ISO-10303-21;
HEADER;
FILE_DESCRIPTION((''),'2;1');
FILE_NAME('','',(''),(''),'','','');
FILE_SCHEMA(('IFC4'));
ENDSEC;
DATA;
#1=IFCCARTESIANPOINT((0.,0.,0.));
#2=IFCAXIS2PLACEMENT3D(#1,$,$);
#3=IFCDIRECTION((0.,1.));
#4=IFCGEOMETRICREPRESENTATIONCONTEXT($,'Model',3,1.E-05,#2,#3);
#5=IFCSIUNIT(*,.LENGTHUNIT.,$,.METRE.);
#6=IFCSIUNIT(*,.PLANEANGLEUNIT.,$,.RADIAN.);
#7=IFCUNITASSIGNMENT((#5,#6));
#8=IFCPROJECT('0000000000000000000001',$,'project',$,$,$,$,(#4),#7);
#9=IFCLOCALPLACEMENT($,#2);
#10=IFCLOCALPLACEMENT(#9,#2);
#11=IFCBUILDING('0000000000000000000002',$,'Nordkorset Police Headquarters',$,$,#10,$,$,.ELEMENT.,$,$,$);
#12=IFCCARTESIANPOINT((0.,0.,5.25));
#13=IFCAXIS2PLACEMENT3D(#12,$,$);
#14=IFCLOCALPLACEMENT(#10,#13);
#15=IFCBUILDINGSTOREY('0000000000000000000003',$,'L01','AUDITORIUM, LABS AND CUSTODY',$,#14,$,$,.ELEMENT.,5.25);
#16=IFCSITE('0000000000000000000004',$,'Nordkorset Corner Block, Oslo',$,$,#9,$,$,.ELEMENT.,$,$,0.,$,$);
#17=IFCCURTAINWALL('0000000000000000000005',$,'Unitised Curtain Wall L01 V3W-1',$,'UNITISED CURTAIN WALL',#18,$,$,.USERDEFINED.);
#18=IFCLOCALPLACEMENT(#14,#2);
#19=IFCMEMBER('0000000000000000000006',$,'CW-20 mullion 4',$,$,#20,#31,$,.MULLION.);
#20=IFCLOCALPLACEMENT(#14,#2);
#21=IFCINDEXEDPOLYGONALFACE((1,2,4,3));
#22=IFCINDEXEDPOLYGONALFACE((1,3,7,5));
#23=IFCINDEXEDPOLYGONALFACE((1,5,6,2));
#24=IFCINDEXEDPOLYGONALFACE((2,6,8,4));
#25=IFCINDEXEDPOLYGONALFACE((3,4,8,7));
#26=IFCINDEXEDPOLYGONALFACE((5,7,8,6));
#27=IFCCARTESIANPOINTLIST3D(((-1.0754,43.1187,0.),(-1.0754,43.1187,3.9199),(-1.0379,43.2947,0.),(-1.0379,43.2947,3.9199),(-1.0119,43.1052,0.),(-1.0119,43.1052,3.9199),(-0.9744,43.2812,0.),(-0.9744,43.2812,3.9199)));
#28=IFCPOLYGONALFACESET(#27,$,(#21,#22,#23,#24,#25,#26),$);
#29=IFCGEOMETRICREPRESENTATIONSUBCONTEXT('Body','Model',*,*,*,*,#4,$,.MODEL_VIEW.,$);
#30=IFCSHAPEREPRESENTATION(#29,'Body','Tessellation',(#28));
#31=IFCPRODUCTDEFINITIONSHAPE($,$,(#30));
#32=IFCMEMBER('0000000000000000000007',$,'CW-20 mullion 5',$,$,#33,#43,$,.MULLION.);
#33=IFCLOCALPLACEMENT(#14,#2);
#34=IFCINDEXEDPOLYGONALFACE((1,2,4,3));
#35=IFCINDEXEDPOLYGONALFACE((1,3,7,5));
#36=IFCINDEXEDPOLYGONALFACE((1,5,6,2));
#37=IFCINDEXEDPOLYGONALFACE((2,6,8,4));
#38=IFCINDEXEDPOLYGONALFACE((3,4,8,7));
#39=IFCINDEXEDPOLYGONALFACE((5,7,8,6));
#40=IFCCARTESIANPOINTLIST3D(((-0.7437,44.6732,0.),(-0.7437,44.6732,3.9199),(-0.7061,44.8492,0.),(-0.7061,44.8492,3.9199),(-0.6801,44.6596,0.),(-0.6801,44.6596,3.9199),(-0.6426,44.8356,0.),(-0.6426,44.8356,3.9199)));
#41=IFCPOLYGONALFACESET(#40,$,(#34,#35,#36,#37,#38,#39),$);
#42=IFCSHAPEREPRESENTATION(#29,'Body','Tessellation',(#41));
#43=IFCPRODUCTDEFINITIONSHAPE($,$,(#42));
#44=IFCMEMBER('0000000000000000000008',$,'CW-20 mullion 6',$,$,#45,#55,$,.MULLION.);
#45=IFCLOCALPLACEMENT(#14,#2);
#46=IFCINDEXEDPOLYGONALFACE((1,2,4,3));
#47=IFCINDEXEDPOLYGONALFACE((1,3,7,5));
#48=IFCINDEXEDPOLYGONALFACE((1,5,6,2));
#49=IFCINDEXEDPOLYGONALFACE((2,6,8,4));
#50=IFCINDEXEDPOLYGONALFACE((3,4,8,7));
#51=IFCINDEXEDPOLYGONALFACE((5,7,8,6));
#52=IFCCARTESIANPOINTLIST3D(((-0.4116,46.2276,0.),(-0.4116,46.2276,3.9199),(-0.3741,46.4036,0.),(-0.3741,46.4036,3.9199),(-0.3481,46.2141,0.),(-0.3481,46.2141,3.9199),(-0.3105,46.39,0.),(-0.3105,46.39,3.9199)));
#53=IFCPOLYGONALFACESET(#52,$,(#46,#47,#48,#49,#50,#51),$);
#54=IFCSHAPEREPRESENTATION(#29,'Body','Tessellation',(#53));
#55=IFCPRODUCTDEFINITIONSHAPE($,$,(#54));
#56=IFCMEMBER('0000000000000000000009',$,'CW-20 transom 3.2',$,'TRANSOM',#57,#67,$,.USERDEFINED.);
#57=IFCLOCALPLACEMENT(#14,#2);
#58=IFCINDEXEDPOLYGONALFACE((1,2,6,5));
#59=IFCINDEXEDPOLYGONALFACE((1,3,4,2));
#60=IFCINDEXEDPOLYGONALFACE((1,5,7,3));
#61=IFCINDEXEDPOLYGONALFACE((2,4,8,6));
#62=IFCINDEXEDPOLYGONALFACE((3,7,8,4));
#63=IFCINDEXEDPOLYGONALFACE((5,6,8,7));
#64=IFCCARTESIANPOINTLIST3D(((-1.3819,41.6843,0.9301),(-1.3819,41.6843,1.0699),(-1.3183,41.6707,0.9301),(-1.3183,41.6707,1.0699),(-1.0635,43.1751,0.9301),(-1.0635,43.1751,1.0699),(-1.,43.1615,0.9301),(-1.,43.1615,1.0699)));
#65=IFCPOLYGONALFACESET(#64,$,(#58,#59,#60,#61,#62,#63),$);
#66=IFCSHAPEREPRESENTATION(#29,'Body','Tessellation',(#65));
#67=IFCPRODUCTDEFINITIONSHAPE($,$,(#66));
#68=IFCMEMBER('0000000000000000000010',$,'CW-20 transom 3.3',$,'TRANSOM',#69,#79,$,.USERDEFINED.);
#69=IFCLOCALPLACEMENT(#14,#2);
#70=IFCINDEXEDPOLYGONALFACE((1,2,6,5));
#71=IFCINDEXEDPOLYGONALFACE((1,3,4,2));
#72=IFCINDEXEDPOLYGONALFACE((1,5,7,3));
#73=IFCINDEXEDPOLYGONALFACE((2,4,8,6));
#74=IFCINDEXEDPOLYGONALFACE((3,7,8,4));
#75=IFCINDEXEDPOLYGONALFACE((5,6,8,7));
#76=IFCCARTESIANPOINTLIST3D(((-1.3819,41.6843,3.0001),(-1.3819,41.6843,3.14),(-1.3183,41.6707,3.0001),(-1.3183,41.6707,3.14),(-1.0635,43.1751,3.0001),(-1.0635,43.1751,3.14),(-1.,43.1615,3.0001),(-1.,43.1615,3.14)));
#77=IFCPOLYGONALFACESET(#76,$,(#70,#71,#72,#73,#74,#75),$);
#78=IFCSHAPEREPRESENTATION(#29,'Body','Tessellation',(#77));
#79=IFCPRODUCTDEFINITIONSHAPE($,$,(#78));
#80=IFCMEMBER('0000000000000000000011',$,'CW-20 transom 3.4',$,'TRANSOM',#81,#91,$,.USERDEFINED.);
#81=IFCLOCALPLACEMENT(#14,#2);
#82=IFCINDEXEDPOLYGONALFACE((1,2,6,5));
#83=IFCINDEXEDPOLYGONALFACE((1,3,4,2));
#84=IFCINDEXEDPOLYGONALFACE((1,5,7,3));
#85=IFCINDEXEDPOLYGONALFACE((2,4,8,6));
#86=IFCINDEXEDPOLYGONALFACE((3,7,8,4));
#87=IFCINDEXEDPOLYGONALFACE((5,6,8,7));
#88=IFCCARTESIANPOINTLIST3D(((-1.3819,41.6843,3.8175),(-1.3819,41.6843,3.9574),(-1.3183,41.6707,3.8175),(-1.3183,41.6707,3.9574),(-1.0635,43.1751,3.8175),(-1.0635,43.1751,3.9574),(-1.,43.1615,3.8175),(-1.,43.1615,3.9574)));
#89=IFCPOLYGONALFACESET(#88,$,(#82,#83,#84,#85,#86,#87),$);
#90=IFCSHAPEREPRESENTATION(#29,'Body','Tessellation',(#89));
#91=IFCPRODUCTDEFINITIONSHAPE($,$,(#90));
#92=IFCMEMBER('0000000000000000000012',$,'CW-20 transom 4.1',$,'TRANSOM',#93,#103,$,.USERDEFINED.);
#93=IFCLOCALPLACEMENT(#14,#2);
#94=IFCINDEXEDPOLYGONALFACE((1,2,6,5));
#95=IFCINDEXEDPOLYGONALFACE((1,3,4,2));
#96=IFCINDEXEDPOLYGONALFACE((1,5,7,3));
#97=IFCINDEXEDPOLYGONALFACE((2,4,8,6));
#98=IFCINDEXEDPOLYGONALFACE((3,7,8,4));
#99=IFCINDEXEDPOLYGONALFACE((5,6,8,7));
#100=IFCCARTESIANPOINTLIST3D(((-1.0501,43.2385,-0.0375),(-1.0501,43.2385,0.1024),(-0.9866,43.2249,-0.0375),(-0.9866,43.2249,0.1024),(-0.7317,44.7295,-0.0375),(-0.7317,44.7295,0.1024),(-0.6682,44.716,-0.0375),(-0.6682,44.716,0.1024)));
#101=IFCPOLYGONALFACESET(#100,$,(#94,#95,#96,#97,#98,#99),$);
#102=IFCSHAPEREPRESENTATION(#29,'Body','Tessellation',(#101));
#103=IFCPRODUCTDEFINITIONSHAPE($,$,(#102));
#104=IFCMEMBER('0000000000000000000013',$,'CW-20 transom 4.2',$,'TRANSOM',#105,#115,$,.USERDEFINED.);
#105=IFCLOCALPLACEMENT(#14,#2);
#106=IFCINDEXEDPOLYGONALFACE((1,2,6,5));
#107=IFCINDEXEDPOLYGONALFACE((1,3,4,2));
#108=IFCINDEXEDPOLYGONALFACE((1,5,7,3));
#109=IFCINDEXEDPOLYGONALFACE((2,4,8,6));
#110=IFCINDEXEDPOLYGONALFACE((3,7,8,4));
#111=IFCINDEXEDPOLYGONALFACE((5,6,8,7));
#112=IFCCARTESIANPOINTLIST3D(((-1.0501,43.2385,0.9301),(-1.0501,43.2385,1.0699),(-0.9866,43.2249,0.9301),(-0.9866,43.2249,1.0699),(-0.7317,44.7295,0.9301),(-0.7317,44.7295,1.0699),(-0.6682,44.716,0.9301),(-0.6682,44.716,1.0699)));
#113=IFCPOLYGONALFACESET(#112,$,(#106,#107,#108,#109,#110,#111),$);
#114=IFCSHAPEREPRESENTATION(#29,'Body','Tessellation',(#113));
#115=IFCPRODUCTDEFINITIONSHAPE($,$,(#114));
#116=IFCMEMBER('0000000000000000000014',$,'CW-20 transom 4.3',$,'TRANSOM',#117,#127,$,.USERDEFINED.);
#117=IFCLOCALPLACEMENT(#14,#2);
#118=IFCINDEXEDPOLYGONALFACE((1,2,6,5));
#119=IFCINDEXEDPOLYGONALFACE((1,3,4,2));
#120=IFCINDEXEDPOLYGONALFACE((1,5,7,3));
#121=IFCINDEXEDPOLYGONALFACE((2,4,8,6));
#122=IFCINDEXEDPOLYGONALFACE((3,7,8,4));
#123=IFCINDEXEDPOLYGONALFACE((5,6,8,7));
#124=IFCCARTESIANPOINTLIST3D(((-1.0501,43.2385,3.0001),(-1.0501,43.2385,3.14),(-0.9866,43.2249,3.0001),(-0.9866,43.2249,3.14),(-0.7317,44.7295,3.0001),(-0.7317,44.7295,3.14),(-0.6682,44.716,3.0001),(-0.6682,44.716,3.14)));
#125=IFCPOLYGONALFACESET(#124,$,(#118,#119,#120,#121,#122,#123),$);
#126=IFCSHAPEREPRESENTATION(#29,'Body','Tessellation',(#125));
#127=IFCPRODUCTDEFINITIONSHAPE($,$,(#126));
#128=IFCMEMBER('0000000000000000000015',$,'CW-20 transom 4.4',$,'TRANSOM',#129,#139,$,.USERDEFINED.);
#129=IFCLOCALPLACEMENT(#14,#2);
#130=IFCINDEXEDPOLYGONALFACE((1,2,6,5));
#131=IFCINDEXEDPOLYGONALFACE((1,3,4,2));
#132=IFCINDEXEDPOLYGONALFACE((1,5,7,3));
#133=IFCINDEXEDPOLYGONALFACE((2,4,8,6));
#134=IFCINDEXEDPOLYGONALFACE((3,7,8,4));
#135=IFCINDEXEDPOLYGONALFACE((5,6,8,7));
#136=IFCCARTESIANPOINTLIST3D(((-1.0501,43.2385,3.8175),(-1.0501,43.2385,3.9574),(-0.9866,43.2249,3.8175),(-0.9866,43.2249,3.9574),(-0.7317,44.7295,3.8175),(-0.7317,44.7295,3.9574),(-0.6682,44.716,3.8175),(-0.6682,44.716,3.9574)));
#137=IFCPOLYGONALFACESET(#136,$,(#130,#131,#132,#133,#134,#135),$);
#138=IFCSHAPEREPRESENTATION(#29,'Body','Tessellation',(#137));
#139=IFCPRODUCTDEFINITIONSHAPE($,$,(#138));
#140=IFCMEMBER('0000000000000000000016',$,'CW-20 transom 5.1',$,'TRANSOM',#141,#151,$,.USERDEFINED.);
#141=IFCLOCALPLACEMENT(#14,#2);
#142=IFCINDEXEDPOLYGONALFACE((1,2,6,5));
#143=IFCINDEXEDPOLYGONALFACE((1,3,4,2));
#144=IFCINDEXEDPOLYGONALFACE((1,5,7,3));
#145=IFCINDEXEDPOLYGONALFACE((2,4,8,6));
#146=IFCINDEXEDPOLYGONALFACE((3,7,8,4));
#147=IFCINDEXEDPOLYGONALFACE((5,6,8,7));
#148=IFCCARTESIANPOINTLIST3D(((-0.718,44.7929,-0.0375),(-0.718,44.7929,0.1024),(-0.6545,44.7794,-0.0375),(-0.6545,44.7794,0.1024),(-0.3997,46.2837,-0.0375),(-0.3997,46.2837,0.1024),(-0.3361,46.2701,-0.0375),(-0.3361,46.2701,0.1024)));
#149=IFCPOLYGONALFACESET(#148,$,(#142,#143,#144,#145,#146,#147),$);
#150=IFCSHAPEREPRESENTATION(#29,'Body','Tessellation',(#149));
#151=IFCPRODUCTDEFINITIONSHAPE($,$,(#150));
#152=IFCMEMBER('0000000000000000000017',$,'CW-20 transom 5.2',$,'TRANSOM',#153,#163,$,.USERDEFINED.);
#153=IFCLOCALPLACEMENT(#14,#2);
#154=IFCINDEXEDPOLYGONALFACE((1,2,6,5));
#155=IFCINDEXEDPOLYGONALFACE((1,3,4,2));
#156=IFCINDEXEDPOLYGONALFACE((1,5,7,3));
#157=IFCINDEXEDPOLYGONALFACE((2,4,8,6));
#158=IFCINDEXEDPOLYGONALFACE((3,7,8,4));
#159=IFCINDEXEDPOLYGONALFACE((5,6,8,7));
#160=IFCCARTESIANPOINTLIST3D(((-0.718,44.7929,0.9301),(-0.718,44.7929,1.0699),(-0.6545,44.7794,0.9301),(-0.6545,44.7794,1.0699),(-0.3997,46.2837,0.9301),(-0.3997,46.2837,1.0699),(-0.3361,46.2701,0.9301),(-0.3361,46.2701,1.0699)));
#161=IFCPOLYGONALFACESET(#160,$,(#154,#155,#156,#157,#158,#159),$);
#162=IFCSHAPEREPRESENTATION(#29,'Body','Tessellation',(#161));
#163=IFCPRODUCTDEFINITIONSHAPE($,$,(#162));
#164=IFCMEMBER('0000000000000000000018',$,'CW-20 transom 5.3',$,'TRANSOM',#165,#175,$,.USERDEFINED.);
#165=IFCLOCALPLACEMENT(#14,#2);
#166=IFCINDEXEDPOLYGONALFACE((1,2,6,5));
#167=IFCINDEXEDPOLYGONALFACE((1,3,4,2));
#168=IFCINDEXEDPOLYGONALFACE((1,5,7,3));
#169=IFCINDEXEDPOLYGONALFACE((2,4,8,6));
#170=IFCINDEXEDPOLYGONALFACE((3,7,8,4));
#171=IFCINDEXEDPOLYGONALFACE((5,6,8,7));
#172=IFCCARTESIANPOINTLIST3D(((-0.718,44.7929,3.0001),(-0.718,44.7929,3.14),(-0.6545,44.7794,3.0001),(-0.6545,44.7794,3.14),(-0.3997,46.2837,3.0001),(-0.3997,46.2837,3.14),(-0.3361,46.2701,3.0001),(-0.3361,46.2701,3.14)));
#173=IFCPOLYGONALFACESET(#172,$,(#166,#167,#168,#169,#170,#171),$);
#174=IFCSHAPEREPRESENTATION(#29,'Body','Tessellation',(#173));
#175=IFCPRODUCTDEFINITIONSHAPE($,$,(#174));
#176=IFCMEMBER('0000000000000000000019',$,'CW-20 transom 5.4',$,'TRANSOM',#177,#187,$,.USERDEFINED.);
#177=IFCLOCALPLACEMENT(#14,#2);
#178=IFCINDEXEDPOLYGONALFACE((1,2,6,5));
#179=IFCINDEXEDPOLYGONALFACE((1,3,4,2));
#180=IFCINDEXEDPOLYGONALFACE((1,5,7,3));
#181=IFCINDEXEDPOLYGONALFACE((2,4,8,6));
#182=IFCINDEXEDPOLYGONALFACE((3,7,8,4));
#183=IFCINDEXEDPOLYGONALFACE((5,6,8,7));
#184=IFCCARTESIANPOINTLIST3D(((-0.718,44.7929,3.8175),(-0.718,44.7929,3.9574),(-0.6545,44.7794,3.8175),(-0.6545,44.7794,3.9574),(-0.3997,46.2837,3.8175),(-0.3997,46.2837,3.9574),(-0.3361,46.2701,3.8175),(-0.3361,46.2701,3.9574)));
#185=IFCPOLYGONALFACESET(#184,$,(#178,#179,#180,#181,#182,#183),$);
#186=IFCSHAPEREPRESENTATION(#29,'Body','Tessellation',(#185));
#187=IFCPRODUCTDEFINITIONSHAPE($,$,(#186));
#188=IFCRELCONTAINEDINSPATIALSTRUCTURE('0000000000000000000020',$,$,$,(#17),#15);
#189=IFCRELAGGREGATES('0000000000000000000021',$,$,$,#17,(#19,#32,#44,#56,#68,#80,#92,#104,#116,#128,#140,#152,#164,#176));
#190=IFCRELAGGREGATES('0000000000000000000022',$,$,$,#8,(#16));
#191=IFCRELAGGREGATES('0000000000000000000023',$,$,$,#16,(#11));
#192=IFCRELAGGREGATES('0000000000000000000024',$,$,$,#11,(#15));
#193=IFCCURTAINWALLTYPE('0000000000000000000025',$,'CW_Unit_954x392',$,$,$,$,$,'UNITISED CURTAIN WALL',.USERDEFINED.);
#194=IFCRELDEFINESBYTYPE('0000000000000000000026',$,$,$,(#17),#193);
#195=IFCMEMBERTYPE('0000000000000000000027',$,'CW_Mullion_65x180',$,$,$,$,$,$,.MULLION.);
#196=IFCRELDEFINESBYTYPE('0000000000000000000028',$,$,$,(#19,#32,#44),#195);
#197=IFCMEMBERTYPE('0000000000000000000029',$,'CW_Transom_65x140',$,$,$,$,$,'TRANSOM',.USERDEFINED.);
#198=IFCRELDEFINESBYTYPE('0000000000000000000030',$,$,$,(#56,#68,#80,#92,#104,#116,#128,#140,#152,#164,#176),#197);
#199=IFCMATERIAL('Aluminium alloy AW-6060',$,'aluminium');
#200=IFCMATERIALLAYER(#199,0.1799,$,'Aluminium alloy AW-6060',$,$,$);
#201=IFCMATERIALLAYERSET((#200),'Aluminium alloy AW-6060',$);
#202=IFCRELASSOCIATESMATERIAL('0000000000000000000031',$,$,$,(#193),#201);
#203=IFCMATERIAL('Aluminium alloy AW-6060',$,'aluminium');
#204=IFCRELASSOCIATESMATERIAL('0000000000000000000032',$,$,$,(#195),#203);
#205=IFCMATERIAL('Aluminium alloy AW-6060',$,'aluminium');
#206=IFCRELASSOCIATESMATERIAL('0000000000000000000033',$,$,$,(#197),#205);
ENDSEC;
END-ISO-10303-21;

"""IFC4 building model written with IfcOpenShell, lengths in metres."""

from ifc_helpers import new_model, si_unit, direction, frame, origin, origin_2d, place, context, subcontext, project, spatial, rectangle, extrude, material, layer, layer_set, material_profile, profile_set, type_object, element, aggregate, save


model = new_model("IFC4")

# Units and contexts
model_context = context("Model", 3, precision=1e-05, world=origin(), true_north=direction((0.0, 1.0)))
body_context = subcontext(model_context, "Body", "Model", "MODEL_VIEW")
ifc_project = project(units=[si_unit("LENGTHUNIT", "METRE"), si_unit("PLANEANGLEUNIT", "RADIAN")], contexts=[model_context])

# Site, building, storey
site_placement = place(None, origin())
site = spatial("IfcSite", under=ifc_project, at=site_placement, Name="Nordkorset Corner Block, Oslo", CompositionType="ELEMENT", RefElevation=0.0)
building_placement = place(site_placement, origin())
building = spatial("IfcBuilding", under=site, at=building_placement, Name="Nordkorset Police Headquarters", CompositionType="ELEMENT")
storey_placement = place(building_placement, frame((0.0, 0.0, 5.25)))
storey = spatial("IfcBuildingStorey", under=building, at=storey_placement, Name="L01", Description="AUDITORIUM, LABS AND CUSTODY", CompositionType="ELEMENT", Elevation=5.25)

# Curtain wall, members
ifc_material_1 = material(Name="Aluminium alloy AW-6060", Category="aluminium")
ifc_layer_1 = layer(ifc_material_1, 0.1799, Name="Aluminium alloy AW-6060")
ifc_layer_set_1 = layer_set([ifc_layer_1], Name="Aluminium alloy AW-6060")
curtain_wall_type = type_object("IfcCurtainWallType", Name="CW_Unit_954x392", ElementType="UNITISED CURTAIN WALL", PredefinedType="USERDEFINED", material=ifc_layer_set_1)
curtain_wall_placement = place(storey_placement, origin())
curtain_wall = element("IfcCurtainWall", 1, at=curtain_wall_placement, inside=storey, type_object=curtain_wall_type, Name="Unitised Curtain Wall L01 V3W-1", ObjectType="UNITISED CURTAIN WALL", PredefinedType="USERDEFINED")
ifc_material_2 = material(Name="Aluminium alloy AW-6060", Category="aluminium")
ifc_material_profile_1 = material_profile(ifc_material_2, rectangle(XDim=0.0649, YDim=0.1799, at=origin_2d()), Name="ALU MULL 65x180")
ifc_profile_set_1 = profile_set([ifc_material_profile_1], Name="Aluminium alloy AW-6060")
member_type_1 = type_object("IfcMemberType", Name="CW_Mullion_65x180", PredefinedType="MULLION", material=ifc_profile_set_1)
member_1_placement = place(storey_placement, frame((-1.0249, 43.2, 0.0), z_axis=(0.0, 0.0, 1.0), x_axis=(-0.977951, 0.208833, 0.0)))
member_1 = element("IfcMember", 2, at=member_1_placement, type_object=member_type_1, Name="CW-20 mullion 4", PredefinedType="MULLION", context=body_context, shape_type="SweptSolid", body=[
    extrude(rectangle(XDim=0.0649, YDim=0.1799, at=origin_2d()), origin(), (0.0, 0.0, 1.0), 3.9199),
])
member_2_placement = place(storey_placement, frame((-0.6931, 44.7544, 0.0), z_axis=(0.0, 0.0, 1.0), x_axis=(-0.977951, 0.208833, 0.0)))
member_2 = element("IfcMember", 3, at=member_2_placement, type_object=member_type_1, Name="CW-20 mullion 5", PredefinedType="MULLION", context=body_context, shape_type="SweptSolid", body=[
    extrude(rectangle(XDim=0.0649, YDim=0.1799, at=origin_2d()), origin(), (0.0, 0.0, 1.0), 3.9199),
])
member_3_placement = place(storey_placement, frame((-0.3611, 46.3088, 0.0), z_axis=(0.0, 0.0, 1.0), x_axis=(-0.977951, 0.208833, 0.0)))
member_3 = element("IfcMember", 4, at=member_3_placement, type_object=member_type_1, Name="CW-20 mullion 6", PredefinedType="MULLION", context=body_context, shape_type="SweptSolid", body=[
    extrude(rectangle(XDim=0.0649, YDim=0.1799, at=origin_2d()), origin(), (0.0, 0.0, 1.0), 3.9199),
])
ifc_material_3 = material(Name="Aluminium alloy AW-6060", Category="aluminium")
ifc_material_profile_2 = material_profile(ifc_material_3, rectangle(XDim=0.0649, YDim=0.1399, at=origin_2d()), Name="ALU TRAN 65x140")
ifc_profile_set_2 = profile_set([ifc_material_profile_2], Name="Aluminium alloy AW-6060")
member_type_2 = type_object("IfcMemberType", Name="CW_Transom_65x140", ElementType="TRANSOM", PredefinedType="USERDEFINED", material=ifc_profile_set_2)
member_4_placement = place(storey_placement, frame((-1.3501, 41.6775, 1.0), z_axis=(0.208851, 0.977947, 0.0), x_axis=(-0.977947, 0.208851, 0.0)))
member_4 = element("IfcMember", 5, at=member_4_placement, type_object=member_type_2, Name="CW-20 transom 3.2", ObjectType="TRANSOM", PredefinedType="USERDEFINED", context=body_context, shape_type="SweptSolid", body=[
    extrude(rectangle(XDim=0.0649, YDim=0.1399, at=origin_2d()), origin(), (0.0, 0.0, 1.0), 1.5244),
])
member_5_placement = place(storey_placement, frame((-1.3501, 41.6775, 3.0701), z_axis=(0.208851, 0.977947, 0.0), x_axis=(-0.977947, 0.208851, 0.0)))
member_5 = element("IfcMember", 6, at=member_5_placement, type_object=member_type_2, Name="CW-20 transom 3.3", ObjectType="TRANSOM", PredefinedType="USERDEFINED", context=body_context, shape_type="SweptSolid", body=[
    extrude(rectangle(XDim=0.0649, YDim=0.1399, at=origin_2d()), origin(), (0.0, 0.0, 1.0), 1.5244),
])
member_6_placement = place(storey_placement, frame((-1.3501, 41.6775, 3.8875), z_axis=(0.208851, 0.977947, 0.0), x_axis=(-0.977947, 0.208851, 0.0)))
member_6 = element("IfcMember", 7, at=member_6_placement, type_object=member_type_2, Name="CW-20 transom 3.4", ObjectType="TRANSOM", PredefinedType="USERDEFINED", context=body_context, shape_type="SweptSolid", body=[
    extrude(rectangle(XDim=0.0649, YDim=0.1399, at=origin_2d()), origin(), (0.0, 0.0, 1.0), 1.5244),
])
member_7_placement = place(storey_placement, frame((-1.0183, 43.2317, 0.0325), z_axis=(0.208818, 0.977954, 0.0), x_axis=(-0.977954, 0.208818, 0.0)))
member_7 = element("IfcMember", 8, at=member_7_placement, type_object=member_type_2, Name="CW-20 transom 4.1", ObjectType="TRANSOM", PredefinedType="USERDEFINED", context=body_context, shape_type="SweptSolid", body=[
    extrude(rectangle(XDim=0.0649, YDim=0.1399, at=origin_2d()), origin(), (0.0, 0.0, 1.0), 1.5247),
])
member_8_placement = place(storey_placement, frame((-1.0183, 43.2317, 1.0), z_axis=(0.208818, 0.977954, 0.0), x_axis=(-0.977954, 0.208818, 0.0)))
member_8 = element("IfcMember", 9, at=member_8_placement, type_object=member_type_2, Name="CW-20 transom 4.2", ObjectType="TRANSOM", PredefinedType="USERDEFINED", context=body_context, shape_type="SweptSolid", body=[
    extrude(rectangle(XDim=0.0649, YDim=0.1399, at=origin_2d()), origin(), (0.0, 0.0, 1.0), 1.5247),
])
member_9_placement = place(storey_placement, frame((-1.0183, 43.2317, 3.0701), z_axis=(0.208818, 0.977954, 0.0), x_axis=(-0.977954, 0.208818, 0.0)))
member_9 = element("IfcMember", 10, at=member_9_placement, type_object=member_type_2, Name="CW-20 transom 4.3", ObjectType="TRANSOM", PredefinedType="USERDEFINED", context=body_context, shape_type="SweptSolid", body=[
    extrude(rectangle(XDim=0.0649, YDim=0.1399, at=origin_2d()), origin(), (0.0, 0.0, 1.0), 1.5247),
])
member_10_placement = place(storey_placement, frame((-1.0183, 43.2317, 3.8875), z_axis=(0.208818, 0.977954, 0.0), x_axis=(-0.977954, 0.208818, 0.0)))
member_10 = element("IfcMember", 11, at=member_10_placement, type_object=member_type_2, Name="CW-20 transom 4.4", ObjectType="TRANSOM", PredefinedType="USERDEFINED", context=body_context, shape_type="SweptSolid", body=[
    extrude(rectangle(XDim=0.0649, YDim=0.1399, at=origin_2d()), origin(), (0.0, 0.0, 1.0), 1.5247),
])
member_11_placement = place(storey_placement, frame((-0.6863, 44.7861, 0.0325), z_axis=(0.208851, 0.977947, 0.0), x_axis=(-0.977947, 0.208851, 0.0)))
member_11 = element("IfcMember", 12, at=member_11_placement, type_object=member_type_2, Name="CW-20 transom 5.1", ObjectType="TRANSOM", PredefinedType="USERDEFINED", context=body_context, shape_type="SweptSolid", body=[
    extrude(rectangle(XDim=0.0649, YDim=0.1399, at=origin_2d()), origin(), (0.0, 0.0, 1.0), 1.5244),
])
member_12_placement = place(storey_placement, frame((-0.6863, 44.7861, 1.0), z_axis=(0.208851, 0.977947, 0.0), x_axis=(-0.977947, 0.208851, 0.0)))
member_12 = element("IfcMember", 13, at=member_12_placement, type_object=member_type_2, Name="CW-20 transom 5.2", ObjectType="TRANSOM", PredefinedType="USERDEFINED", context=body_context, shape_type="SweptSolid", body=[
    extrude(rectangle(XDim=0.0649, YDim=0.1399, at=origin_2d()), origin(), (0.0, 0.0, 1.0), 1.5244),
])
member_13_placement = place(storey_placement, frame((-0.6863, 44.7861, 3.0701), z_axis=(0.208851, 0.977947, 0.0), x_axis=(-0.977947, 0.208851, 0.0)))
member_13 = element("IfcMember", 14, at=member_13_placement, type_object=member_type_2, Name="CW-20 transom 5.3", ObjectType="TRANSOM", PredefinedType="USERDEFINED", context=body_context, shape_type="SweptSolid", body=[
    extrude(rectangle(XDim=0.0649, YDim=0.1399, at=origin_2d()), origin(), (0.0, 0.0, 1.0), 1.5244),
])
member_14_placement = place(storey_placement, frame((-0.6863, 44.7861, 3.8875), z_axis=(0.208851, 0.977947, 0.0), x_axis=(-0.977947, 0.208851, 0.0)))
member_14 = element("IfcMember", 15, at=member_14_placement, type_object=member_type_2, Name="CW-20 transom 5.4", ObjectType="TRANSOM", PredefinedType="USERDEFINED", context=body_context, shape_type="SweptSolid", body=[
    extrude(rectangle(XDim=0.0649, YDim=0.1399, at=origin_2d()), origin(), (0.0, 0.0, 1.0), 1.5244),
])
aggregate(curtain_wall, [member_1, member_2, member_3, member_4, member_5, member_6, member_7, member_8, member_9, member_10, member_11, member_12, member_13, member_14])

save(model, "model.ifc")
